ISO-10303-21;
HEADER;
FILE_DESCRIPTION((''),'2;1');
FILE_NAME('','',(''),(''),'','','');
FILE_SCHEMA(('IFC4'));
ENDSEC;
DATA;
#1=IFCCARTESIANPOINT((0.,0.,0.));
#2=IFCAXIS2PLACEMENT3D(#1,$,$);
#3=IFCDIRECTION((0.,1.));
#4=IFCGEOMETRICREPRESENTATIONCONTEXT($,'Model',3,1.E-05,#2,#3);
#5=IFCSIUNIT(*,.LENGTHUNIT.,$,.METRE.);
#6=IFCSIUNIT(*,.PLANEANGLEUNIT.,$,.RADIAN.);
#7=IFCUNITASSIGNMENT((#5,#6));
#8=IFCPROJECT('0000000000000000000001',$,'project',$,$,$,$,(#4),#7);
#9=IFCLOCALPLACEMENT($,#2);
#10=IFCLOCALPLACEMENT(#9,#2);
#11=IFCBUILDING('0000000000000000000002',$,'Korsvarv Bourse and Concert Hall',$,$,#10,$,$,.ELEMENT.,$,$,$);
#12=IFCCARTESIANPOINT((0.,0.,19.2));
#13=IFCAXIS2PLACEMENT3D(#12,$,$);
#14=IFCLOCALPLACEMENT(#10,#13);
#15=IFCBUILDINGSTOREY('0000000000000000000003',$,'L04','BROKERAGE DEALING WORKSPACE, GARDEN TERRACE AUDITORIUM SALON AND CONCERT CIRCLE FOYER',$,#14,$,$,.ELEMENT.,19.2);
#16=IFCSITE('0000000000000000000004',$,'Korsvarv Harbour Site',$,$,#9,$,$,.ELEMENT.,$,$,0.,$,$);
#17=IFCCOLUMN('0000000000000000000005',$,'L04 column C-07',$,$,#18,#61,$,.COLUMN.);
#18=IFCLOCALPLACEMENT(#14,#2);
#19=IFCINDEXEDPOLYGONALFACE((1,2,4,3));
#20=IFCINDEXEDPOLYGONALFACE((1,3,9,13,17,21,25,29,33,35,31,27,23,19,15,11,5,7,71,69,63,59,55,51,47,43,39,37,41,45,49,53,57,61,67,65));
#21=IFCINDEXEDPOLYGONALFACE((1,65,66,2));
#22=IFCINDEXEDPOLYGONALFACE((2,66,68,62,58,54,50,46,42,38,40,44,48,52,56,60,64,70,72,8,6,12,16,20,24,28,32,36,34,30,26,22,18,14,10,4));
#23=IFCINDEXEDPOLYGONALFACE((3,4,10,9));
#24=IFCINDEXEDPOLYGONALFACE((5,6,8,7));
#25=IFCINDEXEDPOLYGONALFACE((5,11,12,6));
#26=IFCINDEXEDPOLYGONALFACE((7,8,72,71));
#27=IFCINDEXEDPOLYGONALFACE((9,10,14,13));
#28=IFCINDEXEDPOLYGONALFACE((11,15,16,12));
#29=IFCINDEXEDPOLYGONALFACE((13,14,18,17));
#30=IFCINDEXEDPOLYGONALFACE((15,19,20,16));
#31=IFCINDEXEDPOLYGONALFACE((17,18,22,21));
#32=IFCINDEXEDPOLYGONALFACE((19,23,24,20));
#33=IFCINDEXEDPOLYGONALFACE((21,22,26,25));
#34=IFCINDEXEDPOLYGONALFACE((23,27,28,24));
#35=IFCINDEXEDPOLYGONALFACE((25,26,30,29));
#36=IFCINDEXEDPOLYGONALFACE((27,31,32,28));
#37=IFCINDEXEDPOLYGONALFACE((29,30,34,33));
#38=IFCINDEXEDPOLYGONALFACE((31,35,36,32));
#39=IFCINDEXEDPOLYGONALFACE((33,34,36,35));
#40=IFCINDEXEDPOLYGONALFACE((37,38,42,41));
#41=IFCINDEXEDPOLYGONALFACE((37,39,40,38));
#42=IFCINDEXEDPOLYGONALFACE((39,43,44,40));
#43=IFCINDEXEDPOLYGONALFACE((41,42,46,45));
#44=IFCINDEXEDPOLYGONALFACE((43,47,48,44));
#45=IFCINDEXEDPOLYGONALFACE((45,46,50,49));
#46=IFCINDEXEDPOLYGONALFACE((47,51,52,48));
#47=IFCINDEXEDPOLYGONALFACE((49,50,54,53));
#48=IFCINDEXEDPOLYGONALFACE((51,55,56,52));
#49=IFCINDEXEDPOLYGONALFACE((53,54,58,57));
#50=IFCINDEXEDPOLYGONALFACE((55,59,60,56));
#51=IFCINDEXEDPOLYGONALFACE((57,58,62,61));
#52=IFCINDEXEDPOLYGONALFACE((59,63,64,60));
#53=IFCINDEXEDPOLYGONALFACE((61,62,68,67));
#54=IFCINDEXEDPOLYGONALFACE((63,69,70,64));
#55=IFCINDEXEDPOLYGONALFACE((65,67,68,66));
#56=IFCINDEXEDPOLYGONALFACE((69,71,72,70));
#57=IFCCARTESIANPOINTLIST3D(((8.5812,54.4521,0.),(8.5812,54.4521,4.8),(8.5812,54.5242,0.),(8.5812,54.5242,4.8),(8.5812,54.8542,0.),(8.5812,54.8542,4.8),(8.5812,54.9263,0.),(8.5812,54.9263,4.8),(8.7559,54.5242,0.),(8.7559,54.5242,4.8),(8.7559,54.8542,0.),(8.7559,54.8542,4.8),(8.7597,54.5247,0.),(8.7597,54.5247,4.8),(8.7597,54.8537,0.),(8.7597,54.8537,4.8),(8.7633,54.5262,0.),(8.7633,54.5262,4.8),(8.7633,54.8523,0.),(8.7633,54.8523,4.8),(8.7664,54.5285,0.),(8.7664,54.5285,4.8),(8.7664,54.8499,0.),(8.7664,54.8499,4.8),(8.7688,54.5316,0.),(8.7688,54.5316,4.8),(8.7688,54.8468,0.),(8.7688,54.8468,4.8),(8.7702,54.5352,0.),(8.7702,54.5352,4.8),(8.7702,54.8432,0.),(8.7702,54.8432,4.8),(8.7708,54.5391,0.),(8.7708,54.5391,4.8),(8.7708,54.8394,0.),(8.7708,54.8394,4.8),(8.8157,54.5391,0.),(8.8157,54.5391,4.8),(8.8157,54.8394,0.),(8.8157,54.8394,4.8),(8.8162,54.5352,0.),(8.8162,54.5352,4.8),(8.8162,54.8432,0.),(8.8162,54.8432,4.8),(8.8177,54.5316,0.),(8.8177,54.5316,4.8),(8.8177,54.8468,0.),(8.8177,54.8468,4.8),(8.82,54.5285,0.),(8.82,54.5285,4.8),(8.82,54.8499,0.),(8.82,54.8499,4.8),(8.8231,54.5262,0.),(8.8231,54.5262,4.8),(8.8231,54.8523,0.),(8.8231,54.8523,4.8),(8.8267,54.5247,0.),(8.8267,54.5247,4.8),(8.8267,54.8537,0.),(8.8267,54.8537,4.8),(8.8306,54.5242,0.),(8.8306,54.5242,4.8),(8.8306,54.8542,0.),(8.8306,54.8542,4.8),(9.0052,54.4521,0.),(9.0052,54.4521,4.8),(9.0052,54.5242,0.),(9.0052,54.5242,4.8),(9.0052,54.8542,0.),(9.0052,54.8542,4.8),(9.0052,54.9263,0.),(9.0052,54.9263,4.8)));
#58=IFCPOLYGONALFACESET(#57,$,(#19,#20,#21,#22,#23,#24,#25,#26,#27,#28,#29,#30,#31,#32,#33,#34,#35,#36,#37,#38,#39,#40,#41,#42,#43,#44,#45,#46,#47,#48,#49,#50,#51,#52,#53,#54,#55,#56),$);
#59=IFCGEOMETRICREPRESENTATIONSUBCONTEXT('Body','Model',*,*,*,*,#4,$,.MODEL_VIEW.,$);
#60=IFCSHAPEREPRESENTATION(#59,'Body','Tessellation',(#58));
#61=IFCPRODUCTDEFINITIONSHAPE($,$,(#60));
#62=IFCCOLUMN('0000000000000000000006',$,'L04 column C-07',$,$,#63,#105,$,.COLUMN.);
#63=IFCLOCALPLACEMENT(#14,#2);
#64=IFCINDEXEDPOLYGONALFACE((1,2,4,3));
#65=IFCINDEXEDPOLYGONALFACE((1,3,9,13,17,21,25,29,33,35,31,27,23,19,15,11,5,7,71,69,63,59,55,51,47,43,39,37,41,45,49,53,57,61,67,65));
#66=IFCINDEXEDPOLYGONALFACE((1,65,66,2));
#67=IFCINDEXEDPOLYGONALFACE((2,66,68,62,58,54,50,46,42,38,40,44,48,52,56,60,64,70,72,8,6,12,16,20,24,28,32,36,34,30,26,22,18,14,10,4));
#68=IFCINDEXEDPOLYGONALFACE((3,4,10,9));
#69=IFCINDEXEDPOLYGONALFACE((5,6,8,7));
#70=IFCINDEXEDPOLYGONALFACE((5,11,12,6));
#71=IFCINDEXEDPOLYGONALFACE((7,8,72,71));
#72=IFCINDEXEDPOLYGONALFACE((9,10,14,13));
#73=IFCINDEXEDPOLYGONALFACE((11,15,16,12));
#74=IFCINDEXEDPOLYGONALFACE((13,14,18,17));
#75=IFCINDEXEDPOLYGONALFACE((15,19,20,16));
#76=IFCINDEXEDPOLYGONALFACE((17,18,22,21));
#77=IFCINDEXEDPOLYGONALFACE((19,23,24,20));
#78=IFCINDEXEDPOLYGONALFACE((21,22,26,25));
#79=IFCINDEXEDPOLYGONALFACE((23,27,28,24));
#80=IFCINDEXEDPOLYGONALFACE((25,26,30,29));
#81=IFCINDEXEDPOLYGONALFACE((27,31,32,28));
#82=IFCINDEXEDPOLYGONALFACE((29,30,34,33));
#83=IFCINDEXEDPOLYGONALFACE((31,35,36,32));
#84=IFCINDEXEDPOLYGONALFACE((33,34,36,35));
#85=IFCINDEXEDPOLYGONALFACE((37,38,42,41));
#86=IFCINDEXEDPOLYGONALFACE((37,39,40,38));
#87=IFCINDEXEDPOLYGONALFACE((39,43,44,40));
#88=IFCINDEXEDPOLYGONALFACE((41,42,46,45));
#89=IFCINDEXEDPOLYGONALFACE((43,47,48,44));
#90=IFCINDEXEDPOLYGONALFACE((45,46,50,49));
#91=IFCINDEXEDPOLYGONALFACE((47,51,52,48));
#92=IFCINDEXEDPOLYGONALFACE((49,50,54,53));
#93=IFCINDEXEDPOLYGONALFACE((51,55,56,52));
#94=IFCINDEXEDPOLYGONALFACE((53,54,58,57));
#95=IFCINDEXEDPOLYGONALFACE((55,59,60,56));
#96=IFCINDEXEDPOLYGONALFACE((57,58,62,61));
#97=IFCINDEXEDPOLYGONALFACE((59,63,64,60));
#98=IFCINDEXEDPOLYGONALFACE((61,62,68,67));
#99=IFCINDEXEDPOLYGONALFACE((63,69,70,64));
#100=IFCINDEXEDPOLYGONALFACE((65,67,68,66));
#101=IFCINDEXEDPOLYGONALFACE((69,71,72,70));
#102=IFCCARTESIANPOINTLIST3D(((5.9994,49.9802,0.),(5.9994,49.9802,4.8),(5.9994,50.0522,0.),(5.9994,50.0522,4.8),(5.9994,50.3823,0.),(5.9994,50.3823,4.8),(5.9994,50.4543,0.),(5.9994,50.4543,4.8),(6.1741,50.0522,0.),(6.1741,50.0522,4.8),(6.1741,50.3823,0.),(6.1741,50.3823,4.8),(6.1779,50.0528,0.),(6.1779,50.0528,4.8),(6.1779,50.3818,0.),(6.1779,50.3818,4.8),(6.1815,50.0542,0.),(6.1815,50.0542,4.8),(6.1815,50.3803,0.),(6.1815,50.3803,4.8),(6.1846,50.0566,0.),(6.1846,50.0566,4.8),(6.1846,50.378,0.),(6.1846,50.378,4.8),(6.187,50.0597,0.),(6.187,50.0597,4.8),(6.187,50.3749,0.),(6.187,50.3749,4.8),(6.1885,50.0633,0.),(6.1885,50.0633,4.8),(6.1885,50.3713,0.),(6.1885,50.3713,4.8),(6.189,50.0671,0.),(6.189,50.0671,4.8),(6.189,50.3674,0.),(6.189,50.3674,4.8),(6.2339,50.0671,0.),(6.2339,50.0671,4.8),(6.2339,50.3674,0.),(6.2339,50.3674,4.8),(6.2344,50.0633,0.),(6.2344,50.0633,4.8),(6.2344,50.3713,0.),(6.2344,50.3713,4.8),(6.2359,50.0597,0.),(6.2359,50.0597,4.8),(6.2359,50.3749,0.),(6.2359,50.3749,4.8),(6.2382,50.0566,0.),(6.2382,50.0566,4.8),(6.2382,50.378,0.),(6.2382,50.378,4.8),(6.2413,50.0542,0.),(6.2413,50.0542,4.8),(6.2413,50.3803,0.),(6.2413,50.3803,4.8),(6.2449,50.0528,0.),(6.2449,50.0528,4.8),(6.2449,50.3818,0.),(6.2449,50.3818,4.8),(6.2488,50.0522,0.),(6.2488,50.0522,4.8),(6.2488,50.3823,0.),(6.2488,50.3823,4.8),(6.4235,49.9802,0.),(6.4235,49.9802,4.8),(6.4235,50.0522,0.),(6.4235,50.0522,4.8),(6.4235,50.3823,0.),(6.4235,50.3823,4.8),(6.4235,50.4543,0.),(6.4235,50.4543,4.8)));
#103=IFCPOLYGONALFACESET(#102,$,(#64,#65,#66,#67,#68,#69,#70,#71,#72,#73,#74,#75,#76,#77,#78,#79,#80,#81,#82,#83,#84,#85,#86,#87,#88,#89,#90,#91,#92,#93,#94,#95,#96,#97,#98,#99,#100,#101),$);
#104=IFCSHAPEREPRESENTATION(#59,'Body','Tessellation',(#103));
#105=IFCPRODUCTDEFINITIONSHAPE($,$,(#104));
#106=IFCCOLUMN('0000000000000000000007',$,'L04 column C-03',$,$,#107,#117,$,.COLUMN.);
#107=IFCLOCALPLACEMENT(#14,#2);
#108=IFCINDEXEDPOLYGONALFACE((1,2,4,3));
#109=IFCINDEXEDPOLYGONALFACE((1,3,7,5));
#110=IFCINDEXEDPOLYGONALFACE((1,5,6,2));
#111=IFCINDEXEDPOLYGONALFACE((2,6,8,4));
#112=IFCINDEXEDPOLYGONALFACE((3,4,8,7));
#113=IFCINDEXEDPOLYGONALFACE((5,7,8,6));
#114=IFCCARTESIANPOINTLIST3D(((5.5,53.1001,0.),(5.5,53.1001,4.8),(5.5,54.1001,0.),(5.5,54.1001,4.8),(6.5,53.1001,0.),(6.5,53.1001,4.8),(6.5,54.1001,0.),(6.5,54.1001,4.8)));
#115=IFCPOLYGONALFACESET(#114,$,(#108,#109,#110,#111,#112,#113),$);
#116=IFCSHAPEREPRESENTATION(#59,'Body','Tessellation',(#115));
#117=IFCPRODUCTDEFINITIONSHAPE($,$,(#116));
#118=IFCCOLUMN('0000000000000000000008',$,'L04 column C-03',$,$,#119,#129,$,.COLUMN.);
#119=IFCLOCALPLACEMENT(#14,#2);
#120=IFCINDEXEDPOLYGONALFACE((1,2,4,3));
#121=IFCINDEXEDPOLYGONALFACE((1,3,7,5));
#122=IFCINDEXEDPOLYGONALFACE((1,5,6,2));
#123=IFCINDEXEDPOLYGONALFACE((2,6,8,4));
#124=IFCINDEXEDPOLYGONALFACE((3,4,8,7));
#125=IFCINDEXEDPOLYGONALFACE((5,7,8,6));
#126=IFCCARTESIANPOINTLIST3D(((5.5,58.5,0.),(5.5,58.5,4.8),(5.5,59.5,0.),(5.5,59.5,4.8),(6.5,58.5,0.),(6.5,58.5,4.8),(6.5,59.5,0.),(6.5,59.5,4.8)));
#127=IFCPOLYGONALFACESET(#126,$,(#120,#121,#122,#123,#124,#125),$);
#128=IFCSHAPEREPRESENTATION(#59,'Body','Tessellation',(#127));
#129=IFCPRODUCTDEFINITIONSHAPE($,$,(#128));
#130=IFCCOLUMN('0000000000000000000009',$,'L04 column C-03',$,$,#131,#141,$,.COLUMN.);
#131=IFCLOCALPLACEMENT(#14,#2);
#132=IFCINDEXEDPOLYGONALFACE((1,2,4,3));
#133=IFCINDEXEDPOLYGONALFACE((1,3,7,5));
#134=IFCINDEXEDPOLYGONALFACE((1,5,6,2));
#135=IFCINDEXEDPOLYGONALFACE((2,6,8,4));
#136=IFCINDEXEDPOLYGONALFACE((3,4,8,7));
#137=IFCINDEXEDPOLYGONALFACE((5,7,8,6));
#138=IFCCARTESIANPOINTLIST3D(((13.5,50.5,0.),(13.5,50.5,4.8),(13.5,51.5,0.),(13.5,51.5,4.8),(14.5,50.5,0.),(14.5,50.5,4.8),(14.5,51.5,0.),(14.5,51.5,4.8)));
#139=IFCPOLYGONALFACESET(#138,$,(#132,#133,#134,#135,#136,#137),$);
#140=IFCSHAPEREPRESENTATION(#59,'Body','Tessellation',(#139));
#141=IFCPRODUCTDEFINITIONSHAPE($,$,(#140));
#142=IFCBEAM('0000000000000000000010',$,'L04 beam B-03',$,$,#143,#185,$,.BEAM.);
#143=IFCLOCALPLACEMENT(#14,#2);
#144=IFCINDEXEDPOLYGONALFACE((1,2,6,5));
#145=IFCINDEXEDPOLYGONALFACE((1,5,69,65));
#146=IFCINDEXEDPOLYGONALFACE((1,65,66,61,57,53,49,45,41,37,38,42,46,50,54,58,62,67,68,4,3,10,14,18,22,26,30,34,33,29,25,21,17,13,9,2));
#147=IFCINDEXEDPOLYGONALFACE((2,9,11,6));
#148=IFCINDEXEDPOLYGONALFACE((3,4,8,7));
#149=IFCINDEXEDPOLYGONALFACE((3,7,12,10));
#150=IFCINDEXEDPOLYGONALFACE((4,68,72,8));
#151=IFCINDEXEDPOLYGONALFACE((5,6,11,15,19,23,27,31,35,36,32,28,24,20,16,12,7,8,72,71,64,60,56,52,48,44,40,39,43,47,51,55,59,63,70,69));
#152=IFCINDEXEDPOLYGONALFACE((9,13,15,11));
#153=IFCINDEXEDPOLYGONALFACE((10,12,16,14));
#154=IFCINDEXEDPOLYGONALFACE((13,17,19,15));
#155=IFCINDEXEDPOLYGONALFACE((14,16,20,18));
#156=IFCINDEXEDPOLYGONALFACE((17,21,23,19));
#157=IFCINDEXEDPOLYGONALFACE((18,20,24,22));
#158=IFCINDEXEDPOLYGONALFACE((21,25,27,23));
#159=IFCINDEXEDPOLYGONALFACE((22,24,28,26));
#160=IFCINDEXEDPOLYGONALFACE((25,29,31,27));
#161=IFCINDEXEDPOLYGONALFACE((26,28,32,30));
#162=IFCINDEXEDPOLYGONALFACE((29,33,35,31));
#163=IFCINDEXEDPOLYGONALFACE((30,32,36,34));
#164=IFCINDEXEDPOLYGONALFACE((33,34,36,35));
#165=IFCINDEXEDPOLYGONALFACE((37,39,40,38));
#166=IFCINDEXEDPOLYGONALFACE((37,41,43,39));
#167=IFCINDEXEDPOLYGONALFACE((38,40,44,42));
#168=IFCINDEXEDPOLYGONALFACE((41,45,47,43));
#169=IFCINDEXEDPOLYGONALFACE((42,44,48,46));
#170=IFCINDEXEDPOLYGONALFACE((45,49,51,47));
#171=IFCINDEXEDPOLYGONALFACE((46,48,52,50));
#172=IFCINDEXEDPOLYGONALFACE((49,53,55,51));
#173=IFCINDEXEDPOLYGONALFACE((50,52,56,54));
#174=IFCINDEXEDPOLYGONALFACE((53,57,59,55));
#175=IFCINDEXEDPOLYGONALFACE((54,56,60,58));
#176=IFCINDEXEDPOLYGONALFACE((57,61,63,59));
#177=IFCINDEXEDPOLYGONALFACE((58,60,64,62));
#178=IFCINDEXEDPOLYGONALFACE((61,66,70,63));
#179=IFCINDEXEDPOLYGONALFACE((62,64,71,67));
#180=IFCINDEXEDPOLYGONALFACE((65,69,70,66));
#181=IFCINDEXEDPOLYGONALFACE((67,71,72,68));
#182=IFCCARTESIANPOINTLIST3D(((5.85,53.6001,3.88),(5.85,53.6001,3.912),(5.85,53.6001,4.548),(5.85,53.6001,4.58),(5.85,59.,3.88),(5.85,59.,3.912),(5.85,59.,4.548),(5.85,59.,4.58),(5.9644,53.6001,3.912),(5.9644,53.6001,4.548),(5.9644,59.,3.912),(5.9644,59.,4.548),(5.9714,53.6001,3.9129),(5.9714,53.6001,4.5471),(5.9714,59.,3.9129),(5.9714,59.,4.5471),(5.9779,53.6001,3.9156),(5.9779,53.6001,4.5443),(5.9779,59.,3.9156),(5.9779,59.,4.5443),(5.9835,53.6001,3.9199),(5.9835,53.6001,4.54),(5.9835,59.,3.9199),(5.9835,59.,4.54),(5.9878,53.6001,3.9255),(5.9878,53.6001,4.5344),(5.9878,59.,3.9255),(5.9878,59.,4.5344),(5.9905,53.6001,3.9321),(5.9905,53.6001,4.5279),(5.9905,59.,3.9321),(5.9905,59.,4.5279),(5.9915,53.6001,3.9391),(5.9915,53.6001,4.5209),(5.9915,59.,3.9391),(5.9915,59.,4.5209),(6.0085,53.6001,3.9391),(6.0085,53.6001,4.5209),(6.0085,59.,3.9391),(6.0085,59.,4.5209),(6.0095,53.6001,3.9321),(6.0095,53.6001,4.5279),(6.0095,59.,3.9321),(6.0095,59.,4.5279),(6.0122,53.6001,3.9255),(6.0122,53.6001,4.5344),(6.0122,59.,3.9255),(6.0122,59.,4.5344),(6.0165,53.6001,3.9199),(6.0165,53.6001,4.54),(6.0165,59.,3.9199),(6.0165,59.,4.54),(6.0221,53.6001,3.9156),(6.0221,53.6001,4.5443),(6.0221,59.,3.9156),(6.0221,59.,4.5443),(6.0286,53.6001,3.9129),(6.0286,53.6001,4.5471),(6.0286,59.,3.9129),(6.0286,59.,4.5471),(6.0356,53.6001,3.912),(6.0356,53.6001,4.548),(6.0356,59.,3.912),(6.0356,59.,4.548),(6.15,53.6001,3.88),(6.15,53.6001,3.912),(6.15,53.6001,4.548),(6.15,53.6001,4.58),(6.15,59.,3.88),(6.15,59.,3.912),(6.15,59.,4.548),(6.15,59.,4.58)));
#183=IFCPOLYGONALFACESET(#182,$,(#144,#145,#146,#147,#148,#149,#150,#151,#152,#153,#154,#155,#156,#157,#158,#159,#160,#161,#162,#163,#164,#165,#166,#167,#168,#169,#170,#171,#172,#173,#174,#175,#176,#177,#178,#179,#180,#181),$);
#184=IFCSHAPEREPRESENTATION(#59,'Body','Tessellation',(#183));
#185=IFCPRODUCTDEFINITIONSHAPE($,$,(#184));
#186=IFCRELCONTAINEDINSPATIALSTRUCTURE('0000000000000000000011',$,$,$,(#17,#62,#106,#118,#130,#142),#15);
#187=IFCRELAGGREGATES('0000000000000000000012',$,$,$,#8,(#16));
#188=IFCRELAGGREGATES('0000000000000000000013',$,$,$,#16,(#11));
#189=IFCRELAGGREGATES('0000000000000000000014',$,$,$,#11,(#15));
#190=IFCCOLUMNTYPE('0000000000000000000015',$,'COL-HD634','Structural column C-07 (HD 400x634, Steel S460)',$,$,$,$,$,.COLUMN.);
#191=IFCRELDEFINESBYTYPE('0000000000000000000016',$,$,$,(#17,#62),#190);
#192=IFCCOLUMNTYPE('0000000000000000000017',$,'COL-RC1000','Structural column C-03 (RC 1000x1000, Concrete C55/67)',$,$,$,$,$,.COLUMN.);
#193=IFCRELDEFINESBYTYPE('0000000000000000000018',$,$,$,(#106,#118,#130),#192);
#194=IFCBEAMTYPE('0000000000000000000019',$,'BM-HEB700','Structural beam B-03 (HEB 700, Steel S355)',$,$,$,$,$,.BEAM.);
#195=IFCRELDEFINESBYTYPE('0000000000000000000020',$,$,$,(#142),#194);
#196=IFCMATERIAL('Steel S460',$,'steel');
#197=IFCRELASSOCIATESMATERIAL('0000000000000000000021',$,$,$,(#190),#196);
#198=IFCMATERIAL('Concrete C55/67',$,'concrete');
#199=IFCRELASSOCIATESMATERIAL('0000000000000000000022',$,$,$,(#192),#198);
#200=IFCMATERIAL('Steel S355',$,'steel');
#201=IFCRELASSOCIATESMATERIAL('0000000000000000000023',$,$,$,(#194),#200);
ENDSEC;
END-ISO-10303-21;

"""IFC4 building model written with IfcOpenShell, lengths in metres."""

from ifc_helpers import new_model, si_unit, direction, frame, origin, origin_2d, place, context, subcontext, project, spatial, rectangle, i_section, extrude, source, transform, mapped, material, material_profile, profile_set, type_object, element, save


model = new_model("IFC4")

# Units and contexts
model_context = context("Model", 3, precision=1e-05, world=origin(), true_north=direction((0.0, 1.0)))
body_context = subcontext(model_context, "Body", "Model", "MODEL_VIEW")
ifc_project = project(units=[si_unit("LENGTHUNIT", "METRE"), si_unit("PLANEANGLEUNIT", "RADIAN")], contexts=[model_context])

# Site, building, storey
site_placement = place(None, origin())
site = spatial("IfcSite", under=ifc_project, at=site_placement, Name="Korsvarv Harbour Site", CompositionType="ELEMENT", RefElevation=0.0)
building_placement = place(site_placement, origin())
building = spatial("IfcBuilding", under=site, at=building_placement, Name="Korsvarv Bourse and Concert Hall", CompositionType="ELEMENT")
storey_placement = place(building_placement, frame((0.0, 0.0, 19.2)))
storey = spatial("IfcBuildingStorey", under=building, at=storey_placement, Name="L04", Description="BROKERAGE DEALING WORKSPACE, GARDEN TERRACE AUDITORIUM SALON AND CONCERT CIRCLE FOYER", CompositionType="ELEMENT", Elevation=19.2)

# Columns
ifc_material_1 = material(Name="Steel S460", Category="steel")
ifc_material_profile_1 = material_profile(ifc_material_1, i_section(OverallWidth=0.4241, OverallDepth=0.4741, WebThickness=0.0449, FlangeThickness=0.072, FilletRadius=0.0149, at=origin_2d()), Name="HD 400x634")
ifc_profile_set_1 = profile_set([ifc_material_profile_1], Name="Steel S460")
column_type_1 = type_object("IfcColumnType", Name="COL-HD634", Description="Structural column C-07 (HD 400x634, Steel S460)", PredefinedType="COLUMN", material=ifc_profile_set_1)
shared_shape_1 = source(origin(), body_context, "Body", "SweptSolid", [
    extrude(i_section(OverallWidth=0.4241, OverallDepth=0.4741, WebThickness=0.0449, FlangeThickness=0.072, FilletRadius=0.0149, at=origin_2d()), origin(), (0.0, 0.0, 1.0), 4.8),
])
for number, where, z_axis, x_axis, name in (
    (1, (8.7932, 54.6892, 0.0), (0.0, 0.0, 1.0), (1.0, 0.0, 0.0), "L04 column C-07"),
    (2, (6.2114, 50.2173, 0.0), (0.0, 0.0, 1.0), (1.0, 0.0, 0.0), "L04 column C-07"),
):
    element("IfcColumn", number, at=place(storey_placement, frame(where, z_axis=z_axis, x_axis=x_axis)), inside=storey, type_object=column_type_1, Name=name, PredefinedType="COLUMN", context=body_context, shape_type="MappedRepresentation", body=[
        mapped(shared_shape_1, transform((0.0, 0.0, 0.0), scale=1.0)),
    ])
ifc_material_2 = material(Name="Concrete C55/67", Category="concrete")
ifc_material_profile_2 = material_profile(ifc_material_2, rectangle(XDim=1.0, YDim=1.0, at=origin_2d()), Name="RC 1000x1000")
ifc_profile_set_2 = profile_set([ifc_material_profile_2], Name="Concrete C55/67")
column_type_2 = type_object("IfcColumnType", Name="COL-RC1000", Description="Structural column C-03 (RC 1000x1000, Concrete C55/67)", PredefinedType="COLUMN", material=ifc_profile_set_2)
shared_shape_2 = source(origin(), body_context, "Body", "SweptSolid", [
    extrude(rectangle(XDim=1.0, YDim=1.0, at=origin_2d()), origin(), (0.0, 0.0, 1.0), 4.8),
])
for number, where, z_axis, x_axis, name in (
    (3, (6.0, 53.6001, 0.0), (0.0, 0.0, 1.0), (1.0, 0.0, 0.0), "L04 column C-03"),
    (4, (6.0, 59.0, 0.0), (0.0, 0.0, 1.0), (1.0, 0.0, 0.0), "L04 column C-03"),
    (5, (14.0, 51.0, 0.0), (0.0, 0.0, 1.0), (1.0, 0.0, 0.0), "L04 column C-03"),
):
    element("IfcColumn", number, at=place(storey_placement, frame(where, z_axis=z_axis, x_axis=x_axis)), inside=storey, type_object=column_type_2, Name=name, PredefinedType="COLUMN", context=body_context, shape_type="MappedRepresentation", body=[
        mapped(shared_shape_2, transform((0.0, 0.0, 0.0), scale=1.0)),
    ])

# Beam
ifc_material_3 = material(Name="Steel S355", Category="steel")
ifc_material_profile_3 = material_profile(ifc_material_3, i_section(OverallWidth=0.3, OverallDepth=0.7, WebThickness=0.0171, FlangeThickness=0.032, FilletRadius=0.0271, at=origin_2d()), Name="HEB 700")
ifc_profile_set_3 = profile_set([ifc_material_profile_3], Name="Steel S355")
beam_type = type_object("IfcBeamType", Name="BM-HEB700", Description="Structural beam B-03 (HEB 700, Steel S355)", PredefinedType="BEAM", material=ifc_profile_set_3)
shared_shape_3 = source(origin(), body_context, "Body", "SweptSolid", [
    extrude(i_section(OverallWidth=0.3, OverallDepth=0.7, WebThickness=0.0171, FlangeThickness=0.032, FilletRadius=0.0271, at=origin_2d()), origin(), (0.0, 0.0, 1.0), 5.3999),
])
beam_1_placement = place(storey_placement, frame((6.0, 53.6001, 4.23), z_axis=(0.0, 1.0, 0.0), x_axis=(-1.0, 0.0, 0.0)))
element("IfcBeam", 6, at=beam_1_placement, inside=storey, type_object=beam_type, Name="L04 beam B-03", PredefinedType="BEAM", context=body_context, shape_type="MappedRepresentation", body=[
    mapped(shared_shape_3, transform((0.0, 0.0, 0.0), scale=1.0)),
])

save(model, "model.ifc")
